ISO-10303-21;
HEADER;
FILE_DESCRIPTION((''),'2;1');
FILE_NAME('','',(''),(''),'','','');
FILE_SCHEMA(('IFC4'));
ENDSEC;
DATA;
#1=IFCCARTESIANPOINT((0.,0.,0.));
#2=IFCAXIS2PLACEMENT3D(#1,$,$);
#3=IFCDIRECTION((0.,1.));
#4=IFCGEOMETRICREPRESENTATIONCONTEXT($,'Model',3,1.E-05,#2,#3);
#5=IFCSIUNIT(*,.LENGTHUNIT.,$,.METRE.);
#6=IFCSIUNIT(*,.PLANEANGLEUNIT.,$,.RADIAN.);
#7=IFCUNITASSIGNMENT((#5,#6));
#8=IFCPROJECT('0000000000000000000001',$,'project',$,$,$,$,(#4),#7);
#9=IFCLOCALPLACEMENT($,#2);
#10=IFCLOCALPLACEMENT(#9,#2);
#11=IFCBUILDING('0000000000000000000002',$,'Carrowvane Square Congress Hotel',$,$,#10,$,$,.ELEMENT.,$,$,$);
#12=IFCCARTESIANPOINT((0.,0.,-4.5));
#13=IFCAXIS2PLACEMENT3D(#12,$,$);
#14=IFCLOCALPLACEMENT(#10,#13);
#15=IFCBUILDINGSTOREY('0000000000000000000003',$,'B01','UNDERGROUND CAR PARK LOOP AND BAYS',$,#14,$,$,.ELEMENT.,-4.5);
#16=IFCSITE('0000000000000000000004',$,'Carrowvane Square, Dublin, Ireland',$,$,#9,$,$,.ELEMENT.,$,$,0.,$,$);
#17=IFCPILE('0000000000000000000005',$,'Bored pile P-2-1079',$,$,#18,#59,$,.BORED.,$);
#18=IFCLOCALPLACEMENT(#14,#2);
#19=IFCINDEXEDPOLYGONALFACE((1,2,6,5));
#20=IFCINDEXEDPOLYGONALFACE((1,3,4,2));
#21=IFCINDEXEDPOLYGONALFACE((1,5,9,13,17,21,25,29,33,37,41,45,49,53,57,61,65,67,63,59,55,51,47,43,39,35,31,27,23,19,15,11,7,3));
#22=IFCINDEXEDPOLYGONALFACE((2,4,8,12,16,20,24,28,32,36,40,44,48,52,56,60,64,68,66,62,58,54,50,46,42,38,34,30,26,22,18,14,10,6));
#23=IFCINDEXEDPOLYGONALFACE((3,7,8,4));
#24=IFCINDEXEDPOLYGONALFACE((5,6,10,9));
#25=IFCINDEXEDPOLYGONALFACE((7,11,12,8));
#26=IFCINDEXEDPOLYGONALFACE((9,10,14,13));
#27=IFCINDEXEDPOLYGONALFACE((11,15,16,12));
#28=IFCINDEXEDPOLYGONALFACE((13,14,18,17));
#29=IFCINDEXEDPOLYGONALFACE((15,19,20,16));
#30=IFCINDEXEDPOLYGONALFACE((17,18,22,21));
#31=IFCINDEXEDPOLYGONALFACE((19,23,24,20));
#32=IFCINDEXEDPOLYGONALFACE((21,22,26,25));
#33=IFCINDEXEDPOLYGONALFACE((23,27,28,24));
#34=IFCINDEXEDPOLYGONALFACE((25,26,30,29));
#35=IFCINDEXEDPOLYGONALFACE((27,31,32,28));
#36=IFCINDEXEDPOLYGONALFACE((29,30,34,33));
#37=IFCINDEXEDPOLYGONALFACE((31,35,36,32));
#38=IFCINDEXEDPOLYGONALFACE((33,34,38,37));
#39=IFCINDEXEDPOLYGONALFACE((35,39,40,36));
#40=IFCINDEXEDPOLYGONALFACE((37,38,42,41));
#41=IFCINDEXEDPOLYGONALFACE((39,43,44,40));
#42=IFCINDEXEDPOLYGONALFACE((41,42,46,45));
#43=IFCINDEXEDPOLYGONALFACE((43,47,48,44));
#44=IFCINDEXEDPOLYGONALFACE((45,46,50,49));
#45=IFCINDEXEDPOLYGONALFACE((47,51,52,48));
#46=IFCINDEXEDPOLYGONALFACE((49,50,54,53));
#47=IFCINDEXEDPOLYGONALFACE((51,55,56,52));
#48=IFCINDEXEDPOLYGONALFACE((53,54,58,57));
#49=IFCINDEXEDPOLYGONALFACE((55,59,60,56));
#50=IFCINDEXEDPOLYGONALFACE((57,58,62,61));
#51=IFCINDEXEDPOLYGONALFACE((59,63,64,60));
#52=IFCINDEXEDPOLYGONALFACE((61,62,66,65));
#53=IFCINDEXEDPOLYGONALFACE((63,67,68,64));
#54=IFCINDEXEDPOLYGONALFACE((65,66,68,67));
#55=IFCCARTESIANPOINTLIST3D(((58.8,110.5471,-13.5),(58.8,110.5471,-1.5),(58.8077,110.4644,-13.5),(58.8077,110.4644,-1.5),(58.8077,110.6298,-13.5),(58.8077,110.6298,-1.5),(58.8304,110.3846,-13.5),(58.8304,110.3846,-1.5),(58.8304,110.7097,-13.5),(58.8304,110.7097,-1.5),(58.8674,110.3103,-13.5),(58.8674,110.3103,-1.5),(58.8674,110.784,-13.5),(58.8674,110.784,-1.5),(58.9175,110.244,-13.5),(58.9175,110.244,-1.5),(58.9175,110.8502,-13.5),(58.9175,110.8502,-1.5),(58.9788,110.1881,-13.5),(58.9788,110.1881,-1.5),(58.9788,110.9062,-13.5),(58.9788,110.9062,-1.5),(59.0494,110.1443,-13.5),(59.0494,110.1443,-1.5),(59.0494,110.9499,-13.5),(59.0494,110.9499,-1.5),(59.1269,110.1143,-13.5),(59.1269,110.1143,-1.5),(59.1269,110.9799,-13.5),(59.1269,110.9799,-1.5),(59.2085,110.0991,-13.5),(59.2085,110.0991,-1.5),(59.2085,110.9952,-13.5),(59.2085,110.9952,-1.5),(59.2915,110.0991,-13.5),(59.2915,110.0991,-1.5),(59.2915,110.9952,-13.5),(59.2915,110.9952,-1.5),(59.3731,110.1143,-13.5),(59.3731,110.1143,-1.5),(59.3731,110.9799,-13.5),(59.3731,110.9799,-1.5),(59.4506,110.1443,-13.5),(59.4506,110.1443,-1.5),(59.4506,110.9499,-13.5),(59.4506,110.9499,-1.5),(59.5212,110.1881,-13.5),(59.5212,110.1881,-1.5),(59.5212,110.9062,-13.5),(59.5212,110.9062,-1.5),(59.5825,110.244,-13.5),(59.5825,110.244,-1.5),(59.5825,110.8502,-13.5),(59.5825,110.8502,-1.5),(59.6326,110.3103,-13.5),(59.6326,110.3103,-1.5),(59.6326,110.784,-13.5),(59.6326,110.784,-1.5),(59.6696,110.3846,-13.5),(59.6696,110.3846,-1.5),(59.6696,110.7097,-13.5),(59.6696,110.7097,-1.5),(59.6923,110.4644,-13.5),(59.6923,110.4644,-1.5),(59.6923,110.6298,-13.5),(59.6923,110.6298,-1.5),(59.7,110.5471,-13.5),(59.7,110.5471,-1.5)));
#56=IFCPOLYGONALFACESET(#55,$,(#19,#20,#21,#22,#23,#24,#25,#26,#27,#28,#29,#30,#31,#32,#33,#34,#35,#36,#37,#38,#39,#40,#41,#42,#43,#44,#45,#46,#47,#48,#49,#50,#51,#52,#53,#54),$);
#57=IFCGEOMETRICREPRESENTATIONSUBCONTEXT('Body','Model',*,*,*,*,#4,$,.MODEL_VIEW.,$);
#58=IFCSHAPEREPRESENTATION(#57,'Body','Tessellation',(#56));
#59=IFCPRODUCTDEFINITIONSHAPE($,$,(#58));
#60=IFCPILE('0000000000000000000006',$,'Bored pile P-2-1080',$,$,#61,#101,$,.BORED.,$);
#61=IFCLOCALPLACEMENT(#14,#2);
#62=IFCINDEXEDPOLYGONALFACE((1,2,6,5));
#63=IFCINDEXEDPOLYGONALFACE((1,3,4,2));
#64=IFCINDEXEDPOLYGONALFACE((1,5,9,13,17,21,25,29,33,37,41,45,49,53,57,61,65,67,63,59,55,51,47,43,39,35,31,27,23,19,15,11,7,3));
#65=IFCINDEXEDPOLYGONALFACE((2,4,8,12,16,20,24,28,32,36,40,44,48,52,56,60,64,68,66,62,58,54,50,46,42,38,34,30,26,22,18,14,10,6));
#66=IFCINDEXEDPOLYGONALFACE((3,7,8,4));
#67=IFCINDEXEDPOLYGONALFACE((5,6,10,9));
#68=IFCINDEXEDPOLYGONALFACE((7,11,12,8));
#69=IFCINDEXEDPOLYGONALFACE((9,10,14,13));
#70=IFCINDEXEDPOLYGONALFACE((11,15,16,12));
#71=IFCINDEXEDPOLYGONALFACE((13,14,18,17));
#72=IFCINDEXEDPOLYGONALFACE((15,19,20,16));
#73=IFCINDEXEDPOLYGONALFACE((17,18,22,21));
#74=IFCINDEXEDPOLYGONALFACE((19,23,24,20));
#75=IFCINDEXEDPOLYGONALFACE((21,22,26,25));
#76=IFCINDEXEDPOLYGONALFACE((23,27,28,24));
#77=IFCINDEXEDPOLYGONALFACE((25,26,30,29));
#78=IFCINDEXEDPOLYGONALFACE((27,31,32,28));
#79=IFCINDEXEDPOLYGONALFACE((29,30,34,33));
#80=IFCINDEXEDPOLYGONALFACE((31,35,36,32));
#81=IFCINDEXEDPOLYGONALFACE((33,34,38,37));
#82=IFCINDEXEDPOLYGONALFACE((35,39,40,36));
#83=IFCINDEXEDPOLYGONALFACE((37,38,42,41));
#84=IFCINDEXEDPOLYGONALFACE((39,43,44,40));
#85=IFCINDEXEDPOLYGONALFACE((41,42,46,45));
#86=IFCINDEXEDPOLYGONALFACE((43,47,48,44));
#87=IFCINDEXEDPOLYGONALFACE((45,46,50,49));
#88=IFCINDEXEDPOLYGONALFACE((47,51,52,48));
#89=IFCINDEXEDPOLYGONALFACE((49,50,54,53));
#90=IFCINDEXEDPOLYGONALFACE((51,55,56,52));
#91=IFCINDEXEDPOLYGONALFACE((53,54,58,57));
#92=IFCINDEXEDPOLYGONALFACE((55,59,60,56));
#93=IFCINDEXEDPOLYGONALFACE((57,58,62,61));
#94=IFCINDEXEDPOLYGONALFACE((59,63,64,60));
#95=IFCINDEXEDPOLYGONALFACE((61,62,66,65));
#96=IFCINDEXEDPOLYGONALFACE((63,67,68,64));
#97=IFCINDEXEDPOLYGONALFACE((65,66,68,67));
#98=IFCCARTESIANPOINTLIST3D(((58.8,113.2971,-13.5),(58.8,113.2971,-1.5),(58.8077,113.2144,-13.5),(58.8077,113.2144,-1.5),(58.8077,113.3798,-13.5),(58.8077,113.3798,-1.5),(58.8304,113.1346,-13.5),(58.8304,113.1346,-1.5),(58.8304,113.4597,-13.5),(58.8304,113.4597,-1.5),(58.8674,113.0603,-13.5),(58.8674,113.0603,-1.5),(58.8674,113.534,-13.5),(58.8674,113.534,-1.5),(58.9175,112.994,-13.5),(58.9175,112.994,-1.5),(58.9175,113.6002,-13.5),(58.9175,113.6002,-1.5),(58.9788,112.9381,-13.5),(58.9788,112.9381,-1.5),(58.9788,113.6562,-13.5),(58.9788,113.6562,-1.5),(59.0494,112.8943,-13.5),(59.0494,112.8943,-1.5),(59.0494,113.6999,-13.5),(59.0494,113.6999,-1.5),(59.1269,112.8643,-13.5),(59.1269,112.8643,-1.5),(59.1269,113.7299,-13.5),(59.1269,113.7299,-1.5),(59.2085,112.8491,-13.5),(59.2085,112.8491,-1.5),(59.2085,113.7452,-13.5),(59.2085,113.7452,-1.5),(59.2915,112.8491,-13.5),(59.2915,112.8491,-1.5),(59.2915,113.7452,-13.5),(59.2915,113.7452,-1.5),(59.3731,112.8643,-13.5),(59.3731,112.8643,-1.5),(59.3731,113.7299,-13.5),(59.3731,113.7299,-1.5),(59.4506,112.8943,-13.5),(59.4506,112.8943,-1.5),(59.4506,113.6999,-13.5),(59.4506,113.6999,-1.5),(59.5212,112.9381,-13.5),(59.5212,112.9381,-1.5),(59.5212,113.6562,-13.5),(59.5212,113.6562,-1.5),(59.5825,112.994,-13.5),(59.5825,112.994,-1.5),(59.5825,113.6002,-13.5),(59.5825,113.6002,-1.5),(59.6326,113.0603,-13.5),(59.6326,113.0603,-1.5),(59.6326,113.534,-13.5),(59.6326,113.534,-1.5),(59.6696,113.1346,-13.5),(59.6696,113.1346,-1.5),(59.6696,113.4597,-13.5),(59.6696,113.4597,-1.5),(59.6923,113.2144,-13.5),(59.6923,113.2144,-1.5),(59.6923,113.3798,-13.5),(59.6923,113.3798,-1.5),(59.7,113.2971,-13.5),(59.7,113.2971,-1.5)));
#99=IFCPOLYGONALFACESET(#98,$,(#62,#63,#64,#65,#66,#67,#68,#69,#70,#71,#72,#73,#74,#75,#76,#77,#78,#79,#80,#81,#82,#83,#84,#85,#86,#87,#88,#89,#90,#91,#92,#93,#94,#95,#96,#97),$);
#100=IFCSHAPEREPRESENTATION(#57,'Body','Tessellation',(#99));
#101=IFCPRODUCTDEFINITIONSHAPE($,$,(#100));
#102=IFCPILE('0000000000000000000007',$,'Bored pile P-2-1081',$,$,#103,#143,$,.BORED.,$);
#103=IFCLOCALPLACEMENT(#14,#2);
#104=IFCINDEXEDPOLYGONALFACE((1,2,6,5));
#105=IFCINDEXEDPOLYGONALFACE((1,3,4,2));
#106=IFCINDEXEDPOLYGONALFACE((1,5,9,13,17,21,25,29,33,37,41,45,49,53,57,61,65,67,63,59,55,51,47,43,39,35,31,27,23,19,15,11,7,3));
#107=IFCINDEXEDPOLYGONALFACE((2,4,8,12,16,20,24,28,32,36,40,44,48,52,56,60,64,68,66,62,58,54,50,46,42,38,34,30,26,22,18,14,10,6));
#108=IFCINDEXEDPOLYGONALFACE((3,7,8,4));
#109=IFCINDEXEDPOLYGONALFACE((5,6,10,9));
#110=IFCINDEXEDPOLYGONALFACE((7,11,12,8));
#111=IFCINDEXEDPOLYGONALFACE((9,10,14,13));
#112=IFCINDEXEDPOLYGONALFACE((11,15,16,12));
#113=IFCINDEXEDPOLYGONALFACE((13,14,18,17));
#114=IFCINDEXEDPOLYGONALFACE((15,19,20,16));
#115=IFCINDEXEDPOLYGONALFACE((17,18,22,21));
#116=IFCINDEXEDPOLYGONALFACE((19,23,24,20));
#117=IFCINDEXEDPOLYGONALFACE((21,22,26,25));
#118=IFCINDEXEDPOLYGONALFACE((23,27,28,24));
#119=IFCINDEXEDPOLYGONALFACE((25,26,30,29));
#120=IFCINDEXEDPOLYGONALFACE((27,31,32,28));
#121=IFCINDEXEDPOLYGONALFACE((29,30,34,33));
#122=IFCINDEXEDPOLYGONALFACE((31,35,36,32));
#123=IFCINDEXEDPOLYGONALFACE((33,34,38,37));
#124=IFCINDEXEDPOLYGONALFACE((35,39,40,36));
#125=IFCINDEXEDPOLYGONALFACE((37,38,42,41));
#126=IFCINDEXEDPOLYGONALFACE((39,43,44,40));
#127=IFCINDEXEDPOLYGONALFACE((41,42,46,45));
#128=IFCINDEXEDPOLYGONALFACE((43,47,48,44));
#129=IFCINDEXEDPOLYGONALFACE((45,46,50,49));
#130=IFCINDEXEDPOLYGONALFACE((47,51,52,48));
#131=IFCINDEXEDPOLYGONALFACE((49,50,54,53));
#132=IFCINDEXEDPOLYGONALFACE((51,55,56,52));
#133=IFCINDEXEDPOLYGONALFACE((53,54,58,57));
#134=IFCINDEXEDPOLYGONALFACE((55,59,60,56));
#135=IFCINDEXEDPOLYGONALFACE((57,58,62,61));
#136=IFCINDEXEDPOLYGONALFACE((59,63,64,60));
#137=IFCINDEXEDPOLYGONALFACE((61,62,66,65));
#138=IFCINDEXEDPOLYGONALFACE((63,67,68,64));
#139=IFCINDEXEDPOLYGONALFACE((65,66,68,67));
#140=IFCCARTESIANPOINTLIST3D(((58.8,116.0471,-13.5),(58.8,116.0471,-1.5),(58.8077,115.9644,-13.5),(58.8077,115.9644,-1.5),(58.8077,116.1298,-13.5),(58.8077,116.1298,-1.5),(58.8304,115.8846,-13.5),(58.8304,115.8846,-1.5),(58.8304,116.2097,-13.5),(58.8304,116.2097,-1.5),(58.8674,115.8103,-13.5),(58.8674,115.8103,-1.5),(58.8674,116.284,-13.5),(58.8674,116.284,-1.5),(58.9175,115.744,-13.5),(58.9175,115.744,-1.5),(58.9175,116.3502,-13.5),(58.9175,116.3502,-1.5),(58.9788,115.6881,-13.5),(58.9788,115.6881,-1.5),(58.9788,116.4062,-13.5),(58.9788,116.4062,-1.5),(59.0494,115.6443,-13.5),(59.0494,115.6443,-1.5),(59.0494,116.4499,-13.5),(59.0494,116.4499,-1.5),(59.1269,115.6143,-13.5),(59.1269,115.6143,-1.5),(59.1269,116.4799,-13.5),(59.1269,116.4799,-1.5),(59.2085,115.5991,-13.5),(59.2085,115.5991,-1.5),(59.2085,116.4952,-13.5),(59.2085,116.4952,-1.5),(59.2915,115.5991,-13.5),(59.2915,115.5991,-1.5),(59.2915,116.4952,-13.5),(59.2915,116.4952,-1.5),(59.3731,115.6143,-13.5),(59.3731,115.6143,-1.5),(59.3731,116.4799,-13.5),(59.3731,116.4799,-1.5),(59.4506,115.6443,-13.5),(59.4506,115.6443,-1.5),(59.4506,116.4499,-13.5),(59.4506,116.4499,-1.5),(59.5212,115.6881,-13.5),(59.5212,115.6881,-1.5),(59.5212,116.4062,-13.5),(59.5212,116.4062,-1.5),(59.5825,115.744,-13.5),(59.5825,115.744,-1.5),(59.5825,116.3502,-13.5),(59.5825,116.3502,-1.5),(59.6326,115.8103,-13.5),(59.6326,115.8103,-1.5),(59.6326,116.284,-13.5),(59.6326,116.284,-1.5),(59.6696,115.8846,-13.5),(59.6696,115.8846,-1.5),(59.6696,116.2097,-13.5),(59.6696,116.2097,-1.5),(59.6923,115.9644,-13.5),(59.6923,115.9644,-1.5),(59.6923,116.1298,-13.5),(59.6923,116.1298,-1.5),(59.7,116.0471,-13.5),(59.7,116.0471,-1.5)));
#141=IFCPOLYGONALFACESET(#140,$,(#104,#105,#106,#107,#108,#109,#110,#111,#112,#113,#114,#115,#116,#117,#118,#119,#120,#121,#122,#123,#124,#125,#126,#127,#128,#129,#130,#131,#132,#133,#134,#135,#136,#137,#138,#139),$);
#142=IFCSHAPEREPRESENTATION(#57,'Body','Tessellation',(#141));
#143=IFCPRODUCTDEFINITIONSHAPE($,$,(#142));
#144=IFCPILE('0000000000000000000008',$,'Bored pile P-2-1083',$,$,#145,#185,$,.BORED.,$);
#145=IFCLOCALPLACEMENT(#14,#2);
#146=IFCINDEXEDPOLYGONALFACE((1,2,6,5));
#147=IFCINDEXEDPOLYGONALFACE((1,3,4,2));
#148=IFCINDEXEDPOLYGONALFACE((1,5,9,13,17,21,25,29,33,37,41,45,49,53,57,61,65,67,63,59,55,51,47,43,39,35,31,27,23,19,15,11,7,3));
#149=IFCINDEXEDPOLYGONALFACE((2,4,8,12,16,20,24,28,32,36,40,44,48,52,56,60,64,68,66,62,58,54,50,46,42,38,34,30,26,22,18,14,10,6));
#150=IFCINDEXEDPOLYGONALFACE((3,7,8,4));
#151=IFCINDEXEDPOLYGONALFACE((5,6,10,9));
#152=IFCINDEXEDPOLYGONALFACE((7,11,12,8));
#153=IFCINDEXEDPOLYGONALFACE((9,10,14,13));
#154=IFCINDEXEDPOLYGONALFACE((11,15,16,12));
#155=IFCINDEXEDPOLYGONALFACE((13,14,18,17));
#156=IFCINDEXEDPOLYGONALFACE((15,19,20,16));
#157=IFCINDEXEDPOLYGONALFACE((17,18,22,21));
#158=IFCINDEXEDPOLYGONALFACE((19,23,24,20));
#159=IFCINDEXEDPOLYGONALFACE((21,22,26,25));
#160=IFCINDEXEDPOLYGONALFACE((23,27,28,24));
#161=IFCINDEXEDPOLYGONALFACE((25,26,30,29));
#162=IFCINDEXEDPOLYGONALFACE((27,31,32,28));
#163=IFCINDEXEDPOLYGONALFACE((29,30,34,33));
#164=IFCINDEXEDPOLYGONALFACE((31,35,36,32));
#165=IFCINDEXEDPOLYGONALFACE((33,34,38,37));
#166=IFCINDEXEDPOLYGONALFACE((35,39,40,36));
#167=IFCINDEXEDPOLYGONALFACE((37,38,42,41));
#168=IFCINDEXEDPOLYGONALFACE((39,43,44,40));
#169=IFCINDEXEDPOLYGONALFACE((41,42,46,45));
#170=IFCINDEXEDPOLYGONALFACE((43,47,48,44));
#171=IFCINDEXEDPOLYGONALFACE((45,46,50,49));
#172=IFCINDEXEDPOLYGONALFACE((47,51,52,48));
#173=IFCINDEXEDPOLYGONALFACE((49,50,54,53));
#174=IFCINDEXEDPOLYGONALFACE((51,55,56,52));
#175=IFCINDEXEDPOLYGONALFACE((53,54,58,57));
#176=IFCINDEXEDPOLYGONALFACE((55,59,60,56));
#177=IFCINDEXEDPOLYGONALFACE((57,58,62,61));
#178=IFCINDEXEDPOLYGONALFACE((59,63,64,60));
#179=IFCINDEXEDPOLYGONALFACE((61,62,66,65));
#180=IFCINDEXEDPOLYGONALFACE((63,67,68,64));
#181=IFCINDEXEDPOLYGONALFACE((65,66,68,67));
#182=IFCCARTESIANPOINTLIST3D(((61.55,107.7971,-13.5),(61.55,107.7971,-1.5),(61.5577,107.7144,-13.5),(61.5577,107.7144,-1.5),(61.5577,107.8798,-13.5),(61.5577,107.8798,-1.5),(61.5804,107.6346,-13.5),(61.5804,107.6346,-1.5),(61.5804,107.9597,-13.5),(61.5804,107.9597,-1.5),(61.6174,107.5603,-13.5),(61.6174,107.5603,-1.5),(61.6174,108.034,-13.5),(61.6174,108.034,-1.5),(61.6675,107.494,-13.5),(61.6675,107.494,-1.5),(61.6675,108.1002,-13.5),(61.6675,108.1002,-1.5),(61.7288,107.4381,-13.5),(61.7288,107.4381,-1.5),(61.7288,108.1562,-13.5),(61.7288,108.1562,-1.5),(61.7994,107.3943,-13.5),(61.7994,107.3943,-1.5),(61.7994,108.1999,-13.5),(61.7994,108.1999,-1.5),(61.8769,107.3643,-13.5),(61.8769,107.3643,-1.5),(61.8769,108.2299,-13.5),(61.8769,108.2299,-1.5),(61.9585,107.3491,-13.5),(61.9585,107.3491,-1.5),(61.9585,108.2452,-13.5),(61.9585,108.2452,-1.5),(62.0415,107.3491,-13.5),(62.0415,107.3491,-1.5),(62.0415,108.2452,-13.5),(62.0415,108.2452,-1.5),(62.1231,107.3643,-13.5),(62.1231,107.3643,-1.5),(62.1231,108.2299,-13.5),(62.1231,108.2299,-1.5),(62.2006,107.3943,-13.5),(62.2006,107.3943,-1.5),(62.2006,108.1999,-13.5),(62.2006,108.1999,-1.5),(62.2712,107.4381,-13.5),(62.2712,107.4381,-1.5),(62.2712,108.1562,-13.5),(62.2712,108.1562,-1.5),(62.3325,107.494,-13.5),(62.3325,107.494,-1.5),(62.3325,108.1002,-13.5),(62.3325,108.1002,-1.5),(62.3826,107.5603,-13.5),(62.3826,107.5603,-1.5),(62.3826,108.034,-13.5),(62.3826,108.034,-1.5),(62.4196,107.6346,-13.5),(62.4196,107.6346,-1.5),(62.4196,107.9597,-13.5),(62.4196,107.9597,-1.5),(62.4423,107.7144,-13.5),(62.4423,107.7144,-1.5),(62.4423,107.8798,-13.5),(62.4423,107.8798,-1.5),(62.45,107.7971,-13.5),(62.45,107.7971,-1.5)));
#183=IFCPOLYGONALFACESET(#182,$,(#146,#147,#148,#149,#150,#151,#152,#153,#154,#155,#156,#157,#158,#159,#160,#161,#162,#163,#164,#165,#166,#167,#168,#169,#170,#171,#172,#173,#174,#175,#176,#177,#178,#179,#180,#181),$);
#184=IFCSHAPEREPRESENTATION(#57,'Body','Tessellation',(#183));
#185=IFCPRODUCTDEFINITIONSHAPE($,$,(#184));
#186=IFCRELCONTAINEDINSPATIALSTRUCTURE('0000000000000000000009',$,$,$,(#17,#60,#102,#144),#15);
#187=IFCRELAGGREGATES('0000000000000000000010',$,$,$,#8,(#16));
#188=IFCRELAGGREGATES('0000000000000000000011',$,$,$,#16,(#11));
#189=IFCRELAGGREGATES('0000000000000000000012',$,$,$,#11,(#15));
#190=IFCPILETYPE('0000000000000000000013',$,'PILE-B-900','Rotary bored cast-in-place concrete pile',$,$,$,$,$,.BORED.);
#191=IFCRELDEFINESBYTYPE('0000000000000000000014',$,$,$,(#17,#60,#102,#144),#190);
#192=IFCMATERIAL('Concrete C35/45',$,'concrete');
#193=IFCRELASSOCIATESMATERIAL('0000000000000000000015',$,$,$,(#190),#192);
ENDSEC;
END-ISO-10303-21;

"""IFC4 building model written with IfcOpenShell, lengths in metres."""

from ifc_helpers import new_model, si_unit, direction, frame, origin, origin_2d, place, context, subcontext, project, spatial, circle, extrude, material, material_profile, profile_set, type_object, element, save


model = new_model("IFC4")

# Units and contexts
model_context = context("Model", 3, precision=1e-05, world=origin(), true_north=direction((0.0, 1.0)))
body_context = subcontext(model_context, "Body", "Model", "MODEL_VIEW")
ifc_project = project(units=[si_unit("LENGTHUNIT", "METRE"), si_unit("PLANEANGLEUNIT", "RADIAN")], contexts=[model_context])

# Site, building, storey
site_placement = place(None, origin())
site = spatial("IfcSite", under=ifc_project, at=site_placement, Name="Carrowvane Square, Dublin, Ireland", CompositionType="ELEMENT", RefElevation=0.0)
building_placement = place(site_placement, origin())
building = spatial("IfcBuilding", under=site, at=building_placement, Name="Carrowvane Square Congress Hotel", CompositionType="ELEMENT")
storey_placement = place(building_placement, frame((0.0, 0.0, -4.5)))
storey = spatial("IfcBuildingStorey", under=building, at=storey_placement, Name="B01", Description="UNDERGROUND CAR PARK LOOP AND BAYS", CompositionType="ELEMENT", Elevation=-4.5)

# Piles
ifc_material_1 = material(Name="Concrete C35/45", Category="concrete")
ifc_material_profile_1 = material_profile(ifc_material_1, circle(Radius=0.45, at=origin_2d()), Name="PILE D900")
ifc_profile_set_1 = profile_set([ifc_material_profile_1], Name="Concrete C35/45")
pile_type = type_object("IfcPileType", Name="PILE-B-900", Description="Rotary bored cast-in-place concrete pile", PredefinedType="BORED", material=ifc_profile_set_1)
for number, where, z_axis, x_axis, name in (
    (1, (59.25, 110.5471, -1.5), (0.0, 0.0, -1.0), (1.0, 0.0, 0.0), "Bored pile P-2-1079"),
    (2, (59.25, 113.2971, -1.5), (0.0, 0.0, -1.0), (1.0, 0.0, 0.0), "Bored pile P-2-1080"),
    (3, (59.25, 116.0471, -1.5), (0.0, 0.0, -1.0), (1.0, 0.0, 0.0), "Bored pile P-2-1081"),
    (4, (62.0, 107.7971, -1.5), (0.0, 0.0, -1.0), (1.0, 0.0, 0.0), "Bored pile P-2-1083"),
):
    element("IfcPile", number, at=place(storey_placement, frame(where, z_axis=z_axis, x_axis=x_axis)), inside=storey, type_object=pile_type, Name=name, PredefinedType="BORED", context=body_context, shape_type="SweptSolid", body=[
        extrude(circle(Radius=0.45, at=origin_2d()), origin(), (0.0, 0.0, 1.0), 12.0),
    ])

save(model, "model.ifc")
